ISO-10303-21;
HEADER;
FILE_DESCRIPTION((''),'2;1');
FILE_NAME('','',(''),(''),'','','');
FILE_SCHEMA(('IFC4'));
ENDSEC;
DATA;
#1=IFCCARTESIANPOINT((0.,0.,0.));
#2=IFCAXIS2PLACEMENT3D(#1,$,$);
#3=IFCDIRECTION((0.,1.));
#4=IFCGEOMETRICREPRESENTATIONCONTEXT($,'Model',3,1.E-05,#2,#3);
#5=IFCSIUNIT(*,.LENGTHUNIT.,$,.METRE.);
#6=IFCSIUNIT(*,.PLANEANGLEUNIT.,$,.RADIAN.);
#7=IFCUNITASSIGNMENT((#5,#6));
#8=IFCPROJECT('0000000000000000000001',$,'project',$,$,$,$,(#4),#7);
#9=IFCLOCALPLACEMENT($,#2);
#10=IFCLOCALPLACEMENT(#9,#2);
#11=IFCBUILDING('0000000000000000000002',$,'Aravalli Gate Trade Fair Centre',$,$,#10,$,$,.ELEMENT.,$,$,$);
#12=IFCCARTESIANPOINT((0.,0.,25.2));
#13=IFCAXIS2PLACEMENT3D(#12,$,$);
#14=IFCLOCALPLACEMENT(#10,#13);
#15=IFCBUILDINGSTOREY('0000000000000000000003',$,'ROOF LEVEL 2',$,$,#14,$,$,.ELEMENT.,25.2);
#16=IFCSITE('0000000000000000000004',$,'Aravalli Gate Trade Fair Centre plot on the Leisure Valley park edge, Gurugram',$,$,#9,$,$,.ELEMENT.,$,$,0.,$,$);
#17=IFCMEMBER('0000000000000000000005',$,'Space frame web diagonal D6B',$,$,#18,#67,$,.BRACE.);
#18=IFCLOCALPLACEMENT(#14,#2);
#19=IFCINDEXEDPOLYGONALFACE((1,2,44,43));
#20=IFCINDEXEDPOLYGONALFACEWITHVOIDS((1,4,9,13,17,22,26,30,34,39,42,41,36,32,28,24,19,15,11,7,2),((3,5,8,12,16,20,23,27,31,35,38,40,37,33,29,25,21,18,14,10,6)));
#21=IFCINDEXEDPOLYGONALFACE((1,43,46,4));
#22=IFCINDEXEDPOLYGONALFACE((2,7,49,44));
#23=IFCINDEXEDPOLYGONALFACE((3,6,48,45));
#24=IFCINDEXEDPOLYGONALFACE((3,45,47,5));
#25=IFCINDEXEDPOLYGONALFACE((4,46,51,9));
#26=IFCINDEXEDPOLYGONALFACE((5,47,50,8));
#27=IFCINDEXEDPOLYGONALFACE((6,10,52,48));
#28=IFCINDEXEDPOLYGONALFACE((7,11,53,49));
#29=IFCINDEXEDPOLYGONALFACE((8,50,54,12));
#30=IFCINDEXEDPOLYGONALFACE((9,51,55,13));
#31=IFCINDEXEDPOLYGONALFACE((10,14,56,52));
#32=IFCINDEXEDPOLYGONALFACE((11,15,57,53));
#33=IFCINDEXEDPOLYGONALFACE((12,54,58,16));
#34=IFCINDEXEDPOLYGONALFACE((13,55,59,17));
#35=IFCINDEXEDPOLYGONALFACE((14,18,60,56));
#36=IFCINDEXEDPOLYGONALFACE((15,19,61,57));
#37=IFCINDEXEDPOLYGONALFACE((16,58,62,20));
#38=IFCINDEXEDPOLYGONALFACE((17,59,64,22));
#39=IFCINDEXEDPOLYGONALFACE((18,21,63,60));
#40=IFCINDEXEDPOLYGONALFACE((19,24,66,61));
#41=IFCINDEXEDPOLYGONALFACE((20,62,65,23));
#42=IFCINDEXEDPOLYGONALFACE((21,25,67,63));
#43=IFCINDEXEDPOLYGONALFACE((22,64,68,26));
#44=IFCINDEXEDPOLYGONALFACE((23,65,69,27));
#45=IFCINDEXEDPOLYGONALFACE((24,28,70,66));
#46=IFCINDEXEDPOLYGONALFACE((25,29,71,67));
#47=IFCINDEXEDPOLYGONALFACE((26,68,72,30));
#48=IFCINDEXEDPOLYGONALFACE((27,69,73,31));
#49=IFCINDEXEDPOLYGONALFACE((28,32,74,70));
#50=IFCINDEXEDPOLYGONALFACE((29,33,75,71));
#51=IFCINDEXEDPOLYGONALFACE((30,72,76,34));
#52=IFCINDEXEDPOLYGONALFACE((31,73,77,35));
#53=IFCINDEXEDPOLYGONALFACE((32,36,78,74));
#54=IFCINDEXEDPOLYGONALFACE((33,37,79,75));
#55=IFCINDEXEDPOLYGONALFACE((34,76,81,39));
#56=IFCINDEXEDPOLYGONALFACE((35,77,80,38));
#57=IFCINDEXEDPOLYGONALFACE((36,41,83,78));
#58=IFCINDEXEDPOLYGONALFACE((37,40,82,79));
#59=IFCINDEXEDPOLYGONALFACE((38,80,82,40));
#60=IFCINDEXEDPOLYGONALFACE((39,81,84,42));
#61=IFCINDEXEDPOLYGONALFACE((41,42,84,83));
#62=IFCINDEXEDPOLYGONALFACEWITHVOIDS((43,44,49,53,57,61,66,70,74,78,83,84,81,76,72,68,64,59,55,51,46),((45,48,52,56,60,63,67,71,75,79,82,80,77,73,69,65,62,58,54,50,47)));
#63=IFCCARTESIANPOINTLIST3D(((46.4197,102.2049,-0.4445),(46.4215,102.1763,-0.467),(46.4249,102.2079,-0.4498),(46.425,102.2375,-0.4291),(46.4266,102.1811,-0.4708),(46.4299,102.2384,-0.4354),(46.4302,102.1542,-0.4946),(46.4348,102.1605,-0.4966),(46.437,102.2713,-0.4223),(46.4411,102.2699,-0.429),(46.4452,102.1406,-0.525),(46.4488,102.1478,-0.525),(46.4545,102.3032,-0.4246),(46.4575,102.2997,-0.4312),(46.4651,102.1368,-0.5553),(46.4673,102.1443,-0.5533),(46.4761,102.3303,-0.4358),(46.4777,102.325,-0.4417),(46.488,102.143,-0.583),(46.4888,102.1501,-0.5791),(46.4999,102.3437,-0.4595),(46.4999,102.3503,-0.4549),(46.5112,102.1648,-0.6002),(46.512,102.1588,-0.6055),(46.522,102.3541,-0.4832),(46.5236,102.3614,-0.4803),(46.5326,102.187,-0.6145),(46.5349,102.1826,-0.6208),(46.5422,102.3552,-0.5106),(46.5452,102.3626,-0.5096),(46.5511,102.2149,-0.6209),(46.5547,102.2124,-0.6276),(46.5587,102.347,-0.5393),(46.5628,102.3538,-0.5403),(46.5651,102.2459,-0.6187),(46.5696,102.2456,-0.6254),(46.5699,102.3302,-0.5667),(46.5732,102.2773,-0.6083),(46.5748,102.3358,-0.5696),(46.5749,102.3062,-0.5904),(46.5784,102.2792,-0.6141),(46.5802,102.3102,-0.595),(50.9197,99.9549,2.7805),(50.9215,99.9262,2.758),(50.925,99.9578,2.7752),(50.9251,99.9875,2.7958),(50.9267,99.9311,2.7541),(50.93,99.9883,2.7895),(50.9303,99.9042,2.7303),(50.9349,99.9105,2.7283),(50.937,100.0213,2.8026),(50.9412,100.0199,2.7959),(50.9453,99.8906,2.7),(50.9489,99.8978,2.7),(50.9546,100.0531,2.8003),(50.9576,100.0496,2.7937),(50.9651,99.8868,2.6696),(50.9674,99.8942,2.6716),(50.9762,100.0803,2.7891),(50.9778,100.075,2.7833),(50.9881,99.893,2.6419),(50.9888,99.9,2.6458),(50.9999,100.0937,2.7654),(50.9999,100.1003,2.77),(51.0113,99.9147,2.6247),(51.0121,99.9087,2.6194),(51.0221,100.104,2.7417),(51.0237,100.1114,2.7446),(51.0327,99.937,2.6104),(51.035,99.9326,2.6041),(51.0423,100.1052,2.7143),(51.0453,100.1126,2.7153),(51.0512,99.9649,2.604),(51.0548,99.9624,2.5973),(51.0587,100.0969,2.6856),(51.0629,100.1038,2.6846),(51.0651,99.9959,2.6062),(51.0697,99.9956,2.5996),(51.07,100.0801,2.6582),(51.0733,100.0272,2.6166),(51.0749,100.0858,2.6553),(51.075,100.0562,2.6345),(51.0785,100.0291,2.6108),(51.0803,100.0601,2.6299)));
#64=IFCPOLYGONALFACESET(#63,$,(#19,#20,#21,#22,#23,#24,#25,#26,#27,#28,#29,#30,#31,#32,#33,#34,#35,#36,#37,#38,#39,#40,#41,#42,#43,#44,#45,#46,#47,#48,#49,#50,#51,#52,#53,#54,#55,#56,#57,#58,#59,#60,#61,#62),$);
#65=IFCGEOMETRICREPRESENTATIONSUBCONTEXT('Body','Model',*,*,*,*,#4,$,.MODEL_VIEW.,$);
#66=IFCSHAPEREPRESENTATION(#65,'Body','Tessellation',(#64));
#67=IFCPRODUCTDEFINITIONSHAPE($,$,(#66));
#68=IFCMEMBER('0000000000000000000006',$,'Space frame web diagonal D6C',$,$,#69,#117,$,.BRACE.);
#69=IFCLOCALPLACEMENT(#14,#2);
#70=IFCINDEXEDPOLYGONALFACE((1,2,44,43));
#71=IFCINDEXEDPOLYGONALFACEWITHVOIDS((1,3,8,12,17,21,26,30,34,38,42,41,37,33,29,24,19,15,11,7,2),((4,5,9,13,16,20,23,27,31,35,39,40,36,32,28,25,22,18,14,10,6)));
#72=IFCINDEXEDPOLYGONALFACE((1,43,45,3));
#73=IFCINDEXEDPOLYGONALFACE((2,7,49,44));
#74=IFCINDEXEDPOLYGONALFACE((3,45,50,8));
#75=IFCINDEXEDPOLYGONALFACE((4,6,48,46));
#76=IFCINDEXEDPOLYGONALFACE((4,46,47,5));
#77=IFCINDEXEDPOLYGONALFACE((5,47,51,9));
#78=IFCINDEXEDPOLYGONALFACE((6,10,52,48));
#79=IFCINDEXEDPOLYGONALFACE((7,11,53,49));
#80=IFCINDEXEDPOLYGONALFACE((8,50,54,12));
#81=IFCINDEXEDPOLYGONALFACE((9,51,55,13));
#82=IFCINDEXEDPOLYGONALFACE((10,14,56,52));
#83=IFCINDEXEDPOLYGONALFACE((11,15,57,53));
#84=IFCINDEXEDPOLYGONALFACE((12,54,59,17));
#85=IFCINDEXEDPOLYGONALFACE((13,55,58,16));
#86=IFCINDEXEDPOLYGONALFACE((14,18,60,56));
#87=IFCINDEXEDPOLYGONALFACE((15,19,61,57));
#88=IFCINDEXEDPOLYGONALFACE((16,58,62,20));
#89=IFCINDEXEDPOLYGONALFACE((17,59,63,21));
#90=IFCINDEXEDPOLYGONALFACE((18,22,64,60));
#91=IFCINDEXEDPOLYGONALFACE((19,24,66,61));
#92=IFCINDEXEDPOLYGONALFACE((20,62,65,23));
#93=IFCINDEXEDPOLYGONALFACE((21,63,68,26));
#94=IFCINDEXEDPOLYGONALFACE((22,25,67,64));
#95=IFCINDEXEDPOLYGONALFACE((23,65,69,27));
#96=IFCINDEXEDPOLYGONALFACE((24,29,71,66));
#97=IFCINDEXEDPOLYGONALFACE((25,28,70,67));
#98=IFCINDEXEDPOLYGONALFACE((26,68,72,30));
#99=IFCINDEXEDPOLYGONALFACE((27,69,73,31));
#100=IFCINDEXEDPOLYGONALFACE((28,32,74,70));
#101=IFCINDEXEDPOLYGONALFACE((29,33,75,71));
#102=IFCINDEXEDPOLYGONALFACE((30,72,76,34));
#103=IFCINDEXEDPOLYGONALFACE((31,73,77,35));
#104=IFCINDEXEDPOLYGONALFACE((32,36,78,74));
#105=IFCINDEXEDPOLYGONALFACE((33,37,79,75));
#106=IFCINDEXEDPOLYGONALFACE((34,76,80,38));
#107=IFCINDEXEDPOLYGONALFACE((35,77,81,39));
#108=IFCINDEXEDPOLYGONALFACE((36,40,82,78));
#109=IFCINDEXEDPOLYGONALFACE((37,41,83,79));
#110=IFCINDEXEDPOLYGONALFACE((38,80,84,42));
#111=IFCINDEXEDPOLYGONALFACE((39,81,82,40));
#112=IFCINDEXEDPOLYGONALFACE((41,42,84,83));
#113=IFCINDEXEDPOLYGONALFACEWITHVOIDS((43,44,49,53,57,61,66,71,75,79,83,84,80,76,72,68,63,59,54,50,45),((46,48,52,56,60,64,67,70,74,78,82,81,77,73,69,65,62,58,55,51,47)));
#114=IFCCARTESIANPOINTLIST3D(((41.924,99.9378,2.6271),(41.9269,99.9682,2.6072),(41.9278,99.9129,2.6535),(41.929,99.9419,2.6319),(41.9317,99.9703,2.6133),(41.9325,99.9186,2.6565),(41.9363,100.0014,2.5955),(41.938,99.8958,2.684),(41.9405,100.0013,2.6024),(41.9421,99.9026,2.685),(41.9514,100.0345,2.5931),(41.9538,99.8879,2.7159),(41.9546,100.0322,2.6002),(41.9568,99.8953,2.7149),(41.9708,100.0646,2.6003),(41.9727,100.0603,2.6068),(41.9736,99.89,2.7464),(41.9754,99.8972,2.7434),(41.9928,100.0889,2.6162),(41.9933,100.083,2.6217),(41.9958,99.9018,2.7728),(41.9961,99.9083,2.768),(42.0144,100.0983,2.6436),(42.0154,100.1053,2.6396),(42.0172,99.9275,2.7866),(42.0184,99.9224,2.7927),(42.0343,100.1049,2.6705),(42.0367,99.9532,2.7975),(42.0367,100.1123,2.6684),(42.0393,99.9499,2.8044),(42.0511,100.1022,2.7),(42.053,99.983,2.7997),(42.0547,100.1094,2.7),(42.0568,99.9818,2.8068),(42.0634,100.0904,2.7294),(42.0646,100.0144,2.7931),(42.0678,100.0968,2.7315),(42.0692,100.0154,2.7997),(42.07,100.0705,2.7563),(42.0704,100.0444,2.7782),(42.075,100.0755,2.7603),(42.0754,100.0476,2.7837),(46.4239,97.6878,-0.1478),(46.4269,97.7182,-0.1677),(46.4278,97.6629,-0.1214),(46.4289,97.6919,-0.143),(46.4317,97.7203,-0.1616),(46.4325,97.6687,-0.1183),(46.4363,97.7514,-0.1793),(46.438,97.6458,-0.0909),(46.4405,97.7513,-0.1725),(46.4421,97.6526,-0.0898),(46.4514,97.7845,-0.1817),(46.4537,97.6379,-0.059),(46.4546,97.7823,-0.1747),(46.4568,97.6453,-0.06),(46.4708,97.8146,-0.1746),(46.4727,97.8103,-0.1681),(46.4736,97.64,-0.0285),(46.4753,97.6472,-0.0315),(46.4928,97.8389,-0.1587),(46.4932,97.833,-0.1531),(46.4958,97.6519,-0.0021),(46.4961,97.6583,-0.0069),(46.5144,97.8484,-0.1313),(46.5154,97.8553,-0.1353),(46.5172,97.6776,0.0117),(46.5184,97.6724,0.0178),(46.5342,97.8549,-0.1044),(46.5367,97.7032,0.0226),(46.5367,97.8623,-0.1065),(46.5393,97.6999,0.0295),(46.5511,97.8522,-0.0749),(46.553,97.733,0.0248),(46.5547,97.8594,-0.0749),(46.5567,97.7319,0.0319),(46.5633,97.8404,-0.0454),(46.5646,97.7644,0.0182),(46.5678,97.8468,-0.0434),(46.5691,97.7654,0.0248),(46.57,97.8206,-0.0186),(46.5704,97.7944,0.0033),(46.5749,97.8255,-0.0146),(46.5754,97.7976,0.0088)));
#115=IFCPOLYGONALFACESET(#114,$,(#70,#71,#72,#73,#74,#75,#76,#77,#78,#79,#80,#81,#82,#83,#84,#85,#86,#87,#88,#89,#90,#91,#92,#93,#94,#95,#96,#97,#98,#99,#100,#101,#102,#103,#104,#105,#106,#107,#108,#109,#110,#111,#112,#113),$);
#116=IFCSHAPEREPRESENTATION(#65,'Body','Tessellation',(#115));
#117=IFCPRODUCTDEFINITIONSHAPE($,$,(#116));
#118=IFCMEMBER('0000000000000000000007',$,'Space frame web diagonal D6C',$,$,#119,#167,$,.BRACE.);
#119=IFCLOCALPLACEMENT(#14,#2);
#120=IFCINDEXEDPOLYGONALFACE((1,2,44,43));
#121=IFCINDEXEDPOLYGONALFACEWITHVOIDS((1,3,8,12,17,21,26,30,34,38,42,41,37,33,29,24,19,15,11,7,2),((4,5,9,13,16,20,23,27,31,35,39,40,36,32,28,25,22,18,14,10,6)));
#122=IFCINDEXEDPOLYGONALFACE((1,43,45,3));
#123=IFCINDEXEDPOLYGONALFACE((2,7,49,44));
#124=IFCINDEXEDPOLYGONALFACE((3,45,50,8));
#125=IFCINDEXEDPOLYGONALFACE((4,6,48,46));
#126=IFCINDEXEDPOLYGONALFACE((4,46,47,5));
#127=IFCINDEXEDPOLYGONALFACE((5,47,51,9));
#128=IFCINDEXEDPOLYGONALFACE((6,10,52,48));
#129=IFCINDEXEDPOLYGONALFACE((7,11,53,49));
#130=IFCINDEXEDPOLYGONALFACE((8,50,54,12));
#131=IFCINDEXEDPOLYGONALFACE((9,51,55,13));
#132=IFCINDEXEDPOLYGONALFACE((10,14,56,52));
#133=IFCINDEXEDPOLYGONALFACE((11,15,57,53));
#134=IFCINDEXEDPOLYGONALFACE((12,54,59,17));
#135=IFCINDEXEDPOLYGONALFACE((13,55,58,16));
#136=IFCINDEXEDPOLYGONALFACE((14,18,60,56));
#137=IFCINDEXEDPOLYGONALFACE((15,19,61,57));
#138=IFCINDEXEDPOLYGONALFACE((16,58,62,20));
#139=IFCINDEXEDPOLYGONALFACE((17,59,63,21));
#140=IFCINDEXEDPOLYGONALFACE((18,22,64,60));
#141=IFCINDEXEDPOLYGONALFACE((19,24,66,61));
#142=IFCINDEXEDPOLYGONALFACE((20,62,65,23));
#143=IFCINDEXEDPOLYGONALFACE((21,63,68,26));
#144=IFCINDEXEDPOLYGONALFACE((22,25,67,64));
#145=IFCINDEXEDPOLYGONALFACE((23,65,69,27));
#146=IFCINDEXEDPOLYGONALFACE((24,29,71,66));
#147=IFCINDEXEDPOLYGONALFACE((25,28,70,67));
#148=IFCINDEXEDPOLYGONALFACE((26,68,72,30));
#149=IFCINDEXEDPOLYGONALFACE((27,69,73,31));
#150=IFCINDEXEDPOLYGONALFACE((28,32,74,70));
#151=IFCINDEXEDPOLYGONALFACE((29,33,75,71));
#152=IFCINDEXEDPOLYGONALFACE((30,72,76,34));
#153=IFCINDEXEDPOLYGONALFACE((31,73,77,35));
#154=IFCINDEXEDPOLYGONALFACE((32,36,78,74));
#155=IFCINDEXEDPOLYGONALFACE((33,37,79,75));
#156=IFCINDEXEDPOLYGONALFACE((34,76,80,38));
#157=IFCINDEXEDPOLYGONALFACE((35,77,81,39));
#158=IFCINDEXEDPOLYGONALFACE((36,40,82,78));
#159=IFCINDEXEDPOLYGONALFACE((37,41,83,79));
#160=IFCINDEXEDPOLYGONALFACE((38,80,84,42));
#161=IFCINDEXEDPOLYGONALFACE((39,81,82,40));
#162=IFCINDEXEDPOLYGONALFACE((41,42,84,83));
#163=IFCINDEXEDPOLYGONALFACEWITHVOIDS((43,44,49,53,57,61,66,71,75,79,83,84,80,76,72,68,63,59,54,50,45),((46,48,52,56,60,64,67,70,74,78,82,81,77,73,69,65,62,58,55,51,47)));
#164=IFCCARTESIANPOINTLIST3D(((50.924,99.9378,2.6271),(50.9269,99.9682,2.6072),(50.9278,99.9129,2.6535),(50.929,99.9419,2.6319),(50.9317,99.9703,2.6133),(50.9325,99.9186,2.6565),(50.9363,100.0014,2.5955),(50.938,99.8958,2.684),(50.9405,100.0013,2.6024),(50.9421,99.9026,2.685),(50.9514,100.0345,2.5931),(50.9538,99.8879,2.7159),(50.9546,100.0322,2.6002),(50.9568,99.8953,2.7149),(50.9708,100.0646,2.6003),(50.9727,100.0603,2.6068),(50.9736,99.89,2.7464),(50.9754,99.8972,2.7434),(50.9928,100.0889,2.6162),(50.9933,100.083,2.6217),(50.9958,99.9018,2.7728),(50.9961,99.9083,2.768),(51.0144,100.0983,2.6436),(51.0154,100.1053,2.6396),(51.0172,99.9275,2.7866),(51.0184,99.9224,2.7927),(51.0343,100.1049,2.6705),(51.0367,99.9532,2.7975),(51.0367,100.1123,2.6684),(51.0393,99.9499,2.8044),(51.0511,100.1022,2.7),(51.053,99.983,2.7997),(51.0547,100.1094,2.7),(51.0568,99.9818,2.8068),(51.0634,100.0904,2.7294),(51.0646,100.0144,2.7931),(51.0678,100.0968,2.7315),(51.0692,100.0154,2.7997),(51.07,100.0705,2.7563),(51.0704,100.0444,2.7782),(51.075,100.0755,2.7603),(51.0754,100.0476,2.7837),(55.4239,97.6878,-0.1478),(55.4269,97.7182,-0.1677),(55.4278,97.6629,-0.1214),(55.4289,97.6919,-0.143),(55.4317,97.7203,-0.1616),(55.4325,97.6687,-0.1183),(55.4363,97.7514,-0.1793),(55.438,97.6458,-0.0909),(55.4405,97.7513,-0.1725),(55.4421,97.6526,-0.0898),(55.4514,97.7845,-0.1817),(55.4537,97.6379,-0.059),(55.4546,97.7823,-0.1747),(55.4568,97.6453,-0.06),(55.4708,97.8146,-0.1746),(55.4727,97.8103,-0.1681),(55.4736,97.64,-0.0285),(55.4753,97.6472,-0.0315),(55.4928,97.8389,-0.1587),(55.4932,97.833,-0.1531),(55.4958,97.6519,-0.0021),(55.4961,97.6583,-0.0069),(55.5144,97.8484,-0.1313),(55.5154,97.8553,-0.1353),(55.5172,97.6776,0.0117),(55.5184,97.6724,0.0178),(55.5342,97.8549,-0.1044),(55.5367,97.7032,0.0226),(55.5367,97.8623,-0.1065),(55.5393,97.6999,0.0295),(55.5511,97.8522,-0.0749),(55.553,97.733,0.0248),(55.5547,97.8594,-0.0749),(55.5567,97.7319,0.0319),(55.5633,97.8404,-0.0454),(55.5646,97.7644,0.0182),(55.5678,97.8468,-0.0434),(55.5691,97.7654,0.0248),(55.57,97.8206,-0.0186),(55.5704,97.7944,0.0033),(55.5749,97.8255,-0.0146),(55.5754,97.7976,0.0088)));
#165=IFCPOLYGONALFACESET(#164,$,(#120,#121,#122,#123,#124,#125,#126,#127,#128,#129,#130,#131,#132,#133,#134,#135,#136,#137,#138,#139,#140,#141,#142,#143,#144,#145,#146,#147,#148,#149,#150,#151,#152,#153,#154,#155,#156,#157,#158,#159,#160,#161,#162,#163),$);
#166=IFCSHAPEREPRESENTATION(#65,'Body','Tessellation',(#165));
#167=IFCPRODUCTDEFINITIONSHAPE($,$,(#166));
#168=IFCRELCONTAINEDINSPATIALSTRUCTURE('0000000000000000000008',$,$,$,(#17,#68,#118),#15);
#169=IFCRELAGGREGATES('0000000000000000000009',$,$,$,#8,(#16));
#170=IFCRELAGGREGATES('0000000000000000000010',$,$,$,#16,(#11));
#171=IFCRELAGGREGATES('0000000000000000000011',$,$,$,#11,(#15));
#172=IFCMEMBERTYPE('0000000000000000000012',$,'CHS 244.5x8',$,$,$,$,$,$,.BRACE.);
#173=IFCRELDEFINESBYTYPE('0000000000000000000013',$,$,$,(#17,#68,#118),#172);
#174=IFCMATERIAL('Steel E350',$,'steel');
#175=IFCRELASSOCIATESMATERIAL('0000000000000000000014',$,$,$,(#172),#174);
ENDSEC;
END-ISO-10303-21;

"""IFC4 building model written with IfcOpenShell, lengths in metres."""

from ifc_helpers import new_model, si_unit, direction, frame, origin, origin_2d, place, context, subcontext, project, spatial, hollow_circle, extrude, material, material_profile, profile_set, type_object, element, save


model = new_model("IFC4")

# Units and contexts
model_context = context("Model", 3, precision=1e-05, world=origin(), true_north=direction((0.0, 1.0)))
body_context = subcontext(model_context, "Body", "Model", "MODEL_VIEW")
ifc_project = project(units=[si_unit("LENGTHUNIT", "METRE"), si_unit("PLANEANGLEUNIT", "RADIAN")], contexts=[model_context])

# Site, building, storey
site_placement = place(None, origin())
site = spatial("IfcSite", under=ifc_project, at=site_placement, Name="Aravalli Gate Trade Fair Centre plot on the Leisure Valley park edge, Gurugram", CompositionType="ELEMENT", RefElevation=0.0)
building_placement = place(site_placement, origin())
building = spatial("IfcBuilding", under=site, at=building_placement, Name="Aravalli Gate Trade Fair Centre", CompositionType="ELEMENT")
storey_placement = place(building_placement, frame((0.0, 0.0, 25.2)))
storey = spatial("IfcBuildingStorey", under=building, at=storey_placement, Name="ROOF LEVEL 2", CompositionType="ELEMENT", Elevation=25.2)

# Members
ifc_material = material(Name="Steel E350", Category="steel")
ifc_material_profile_1 = material_profile(ifc_material, hollow_circle(Radius=0.1223, WallThickness=0.0081, at=origin_2d()), Name="CHS 244.5x8")
ifc_profile_set_1 = profile_set([ifc_material_profile_1], Name="Steel E350")
member_type_1 = type_object("IfcMemberType", Name="CHS 244.5x8", PredefinedType="BRACE", material=ifc_profile_set_1)
for number, where, z_axis, x_axis, name in (
    (1, (51.0, 100.0, 2.7), (-0.753016, 0.376508, -0.539637), (-0.447214, -0.894427, 0.0), "Space frame web diagonal D6B"),
):
    element("IfcMember", number, at=place(storey_placement, frame(where, z_axis=z_axis, x_axis=x_axis)), inside=storey, type_object=member_type_1, Name=name, PredefinedType="BRACE", context=body_context, shape_type="SweptSolid", body=[
        extrude(hollow_circle(Radius=0.1223, WallThickness=0.0081, at=origin_2d()), origin(), (0.0, 0.0, 1.0), 5.9761),
    ])
for number, where, z_axis, x_axis, name in (
    (2, (42.0, 100.0, 2.7), (0.7832, -0.3916, -0.482956), (0.447214, 0.894427, 0.0), "Space frame web diagonal D6C"),
    (3, (51.0, 100.0, 2.7), (0.7832, -0.3916, -0.482956), (0.447214, 0.894427, 0.0), "Space frame web diagonal D6C"),
):
    element("IfcMember", number, at=place(storey_placement, frame(where, z_axis=z_axis, x_axis=x_axis)), inside=storey, type_object=member_type_1, Name=name, PredefinedType="BRACE", context=body_context, shape_type="SweptSolid", body=[
        extrude(hollow_circle(Radius=0.1223, WallThickness=0.0081, at=origin_2d()), origin(), (0.0, 0.0, 1.0), 5.7456),
    ])

save(model, "model.ifc")
